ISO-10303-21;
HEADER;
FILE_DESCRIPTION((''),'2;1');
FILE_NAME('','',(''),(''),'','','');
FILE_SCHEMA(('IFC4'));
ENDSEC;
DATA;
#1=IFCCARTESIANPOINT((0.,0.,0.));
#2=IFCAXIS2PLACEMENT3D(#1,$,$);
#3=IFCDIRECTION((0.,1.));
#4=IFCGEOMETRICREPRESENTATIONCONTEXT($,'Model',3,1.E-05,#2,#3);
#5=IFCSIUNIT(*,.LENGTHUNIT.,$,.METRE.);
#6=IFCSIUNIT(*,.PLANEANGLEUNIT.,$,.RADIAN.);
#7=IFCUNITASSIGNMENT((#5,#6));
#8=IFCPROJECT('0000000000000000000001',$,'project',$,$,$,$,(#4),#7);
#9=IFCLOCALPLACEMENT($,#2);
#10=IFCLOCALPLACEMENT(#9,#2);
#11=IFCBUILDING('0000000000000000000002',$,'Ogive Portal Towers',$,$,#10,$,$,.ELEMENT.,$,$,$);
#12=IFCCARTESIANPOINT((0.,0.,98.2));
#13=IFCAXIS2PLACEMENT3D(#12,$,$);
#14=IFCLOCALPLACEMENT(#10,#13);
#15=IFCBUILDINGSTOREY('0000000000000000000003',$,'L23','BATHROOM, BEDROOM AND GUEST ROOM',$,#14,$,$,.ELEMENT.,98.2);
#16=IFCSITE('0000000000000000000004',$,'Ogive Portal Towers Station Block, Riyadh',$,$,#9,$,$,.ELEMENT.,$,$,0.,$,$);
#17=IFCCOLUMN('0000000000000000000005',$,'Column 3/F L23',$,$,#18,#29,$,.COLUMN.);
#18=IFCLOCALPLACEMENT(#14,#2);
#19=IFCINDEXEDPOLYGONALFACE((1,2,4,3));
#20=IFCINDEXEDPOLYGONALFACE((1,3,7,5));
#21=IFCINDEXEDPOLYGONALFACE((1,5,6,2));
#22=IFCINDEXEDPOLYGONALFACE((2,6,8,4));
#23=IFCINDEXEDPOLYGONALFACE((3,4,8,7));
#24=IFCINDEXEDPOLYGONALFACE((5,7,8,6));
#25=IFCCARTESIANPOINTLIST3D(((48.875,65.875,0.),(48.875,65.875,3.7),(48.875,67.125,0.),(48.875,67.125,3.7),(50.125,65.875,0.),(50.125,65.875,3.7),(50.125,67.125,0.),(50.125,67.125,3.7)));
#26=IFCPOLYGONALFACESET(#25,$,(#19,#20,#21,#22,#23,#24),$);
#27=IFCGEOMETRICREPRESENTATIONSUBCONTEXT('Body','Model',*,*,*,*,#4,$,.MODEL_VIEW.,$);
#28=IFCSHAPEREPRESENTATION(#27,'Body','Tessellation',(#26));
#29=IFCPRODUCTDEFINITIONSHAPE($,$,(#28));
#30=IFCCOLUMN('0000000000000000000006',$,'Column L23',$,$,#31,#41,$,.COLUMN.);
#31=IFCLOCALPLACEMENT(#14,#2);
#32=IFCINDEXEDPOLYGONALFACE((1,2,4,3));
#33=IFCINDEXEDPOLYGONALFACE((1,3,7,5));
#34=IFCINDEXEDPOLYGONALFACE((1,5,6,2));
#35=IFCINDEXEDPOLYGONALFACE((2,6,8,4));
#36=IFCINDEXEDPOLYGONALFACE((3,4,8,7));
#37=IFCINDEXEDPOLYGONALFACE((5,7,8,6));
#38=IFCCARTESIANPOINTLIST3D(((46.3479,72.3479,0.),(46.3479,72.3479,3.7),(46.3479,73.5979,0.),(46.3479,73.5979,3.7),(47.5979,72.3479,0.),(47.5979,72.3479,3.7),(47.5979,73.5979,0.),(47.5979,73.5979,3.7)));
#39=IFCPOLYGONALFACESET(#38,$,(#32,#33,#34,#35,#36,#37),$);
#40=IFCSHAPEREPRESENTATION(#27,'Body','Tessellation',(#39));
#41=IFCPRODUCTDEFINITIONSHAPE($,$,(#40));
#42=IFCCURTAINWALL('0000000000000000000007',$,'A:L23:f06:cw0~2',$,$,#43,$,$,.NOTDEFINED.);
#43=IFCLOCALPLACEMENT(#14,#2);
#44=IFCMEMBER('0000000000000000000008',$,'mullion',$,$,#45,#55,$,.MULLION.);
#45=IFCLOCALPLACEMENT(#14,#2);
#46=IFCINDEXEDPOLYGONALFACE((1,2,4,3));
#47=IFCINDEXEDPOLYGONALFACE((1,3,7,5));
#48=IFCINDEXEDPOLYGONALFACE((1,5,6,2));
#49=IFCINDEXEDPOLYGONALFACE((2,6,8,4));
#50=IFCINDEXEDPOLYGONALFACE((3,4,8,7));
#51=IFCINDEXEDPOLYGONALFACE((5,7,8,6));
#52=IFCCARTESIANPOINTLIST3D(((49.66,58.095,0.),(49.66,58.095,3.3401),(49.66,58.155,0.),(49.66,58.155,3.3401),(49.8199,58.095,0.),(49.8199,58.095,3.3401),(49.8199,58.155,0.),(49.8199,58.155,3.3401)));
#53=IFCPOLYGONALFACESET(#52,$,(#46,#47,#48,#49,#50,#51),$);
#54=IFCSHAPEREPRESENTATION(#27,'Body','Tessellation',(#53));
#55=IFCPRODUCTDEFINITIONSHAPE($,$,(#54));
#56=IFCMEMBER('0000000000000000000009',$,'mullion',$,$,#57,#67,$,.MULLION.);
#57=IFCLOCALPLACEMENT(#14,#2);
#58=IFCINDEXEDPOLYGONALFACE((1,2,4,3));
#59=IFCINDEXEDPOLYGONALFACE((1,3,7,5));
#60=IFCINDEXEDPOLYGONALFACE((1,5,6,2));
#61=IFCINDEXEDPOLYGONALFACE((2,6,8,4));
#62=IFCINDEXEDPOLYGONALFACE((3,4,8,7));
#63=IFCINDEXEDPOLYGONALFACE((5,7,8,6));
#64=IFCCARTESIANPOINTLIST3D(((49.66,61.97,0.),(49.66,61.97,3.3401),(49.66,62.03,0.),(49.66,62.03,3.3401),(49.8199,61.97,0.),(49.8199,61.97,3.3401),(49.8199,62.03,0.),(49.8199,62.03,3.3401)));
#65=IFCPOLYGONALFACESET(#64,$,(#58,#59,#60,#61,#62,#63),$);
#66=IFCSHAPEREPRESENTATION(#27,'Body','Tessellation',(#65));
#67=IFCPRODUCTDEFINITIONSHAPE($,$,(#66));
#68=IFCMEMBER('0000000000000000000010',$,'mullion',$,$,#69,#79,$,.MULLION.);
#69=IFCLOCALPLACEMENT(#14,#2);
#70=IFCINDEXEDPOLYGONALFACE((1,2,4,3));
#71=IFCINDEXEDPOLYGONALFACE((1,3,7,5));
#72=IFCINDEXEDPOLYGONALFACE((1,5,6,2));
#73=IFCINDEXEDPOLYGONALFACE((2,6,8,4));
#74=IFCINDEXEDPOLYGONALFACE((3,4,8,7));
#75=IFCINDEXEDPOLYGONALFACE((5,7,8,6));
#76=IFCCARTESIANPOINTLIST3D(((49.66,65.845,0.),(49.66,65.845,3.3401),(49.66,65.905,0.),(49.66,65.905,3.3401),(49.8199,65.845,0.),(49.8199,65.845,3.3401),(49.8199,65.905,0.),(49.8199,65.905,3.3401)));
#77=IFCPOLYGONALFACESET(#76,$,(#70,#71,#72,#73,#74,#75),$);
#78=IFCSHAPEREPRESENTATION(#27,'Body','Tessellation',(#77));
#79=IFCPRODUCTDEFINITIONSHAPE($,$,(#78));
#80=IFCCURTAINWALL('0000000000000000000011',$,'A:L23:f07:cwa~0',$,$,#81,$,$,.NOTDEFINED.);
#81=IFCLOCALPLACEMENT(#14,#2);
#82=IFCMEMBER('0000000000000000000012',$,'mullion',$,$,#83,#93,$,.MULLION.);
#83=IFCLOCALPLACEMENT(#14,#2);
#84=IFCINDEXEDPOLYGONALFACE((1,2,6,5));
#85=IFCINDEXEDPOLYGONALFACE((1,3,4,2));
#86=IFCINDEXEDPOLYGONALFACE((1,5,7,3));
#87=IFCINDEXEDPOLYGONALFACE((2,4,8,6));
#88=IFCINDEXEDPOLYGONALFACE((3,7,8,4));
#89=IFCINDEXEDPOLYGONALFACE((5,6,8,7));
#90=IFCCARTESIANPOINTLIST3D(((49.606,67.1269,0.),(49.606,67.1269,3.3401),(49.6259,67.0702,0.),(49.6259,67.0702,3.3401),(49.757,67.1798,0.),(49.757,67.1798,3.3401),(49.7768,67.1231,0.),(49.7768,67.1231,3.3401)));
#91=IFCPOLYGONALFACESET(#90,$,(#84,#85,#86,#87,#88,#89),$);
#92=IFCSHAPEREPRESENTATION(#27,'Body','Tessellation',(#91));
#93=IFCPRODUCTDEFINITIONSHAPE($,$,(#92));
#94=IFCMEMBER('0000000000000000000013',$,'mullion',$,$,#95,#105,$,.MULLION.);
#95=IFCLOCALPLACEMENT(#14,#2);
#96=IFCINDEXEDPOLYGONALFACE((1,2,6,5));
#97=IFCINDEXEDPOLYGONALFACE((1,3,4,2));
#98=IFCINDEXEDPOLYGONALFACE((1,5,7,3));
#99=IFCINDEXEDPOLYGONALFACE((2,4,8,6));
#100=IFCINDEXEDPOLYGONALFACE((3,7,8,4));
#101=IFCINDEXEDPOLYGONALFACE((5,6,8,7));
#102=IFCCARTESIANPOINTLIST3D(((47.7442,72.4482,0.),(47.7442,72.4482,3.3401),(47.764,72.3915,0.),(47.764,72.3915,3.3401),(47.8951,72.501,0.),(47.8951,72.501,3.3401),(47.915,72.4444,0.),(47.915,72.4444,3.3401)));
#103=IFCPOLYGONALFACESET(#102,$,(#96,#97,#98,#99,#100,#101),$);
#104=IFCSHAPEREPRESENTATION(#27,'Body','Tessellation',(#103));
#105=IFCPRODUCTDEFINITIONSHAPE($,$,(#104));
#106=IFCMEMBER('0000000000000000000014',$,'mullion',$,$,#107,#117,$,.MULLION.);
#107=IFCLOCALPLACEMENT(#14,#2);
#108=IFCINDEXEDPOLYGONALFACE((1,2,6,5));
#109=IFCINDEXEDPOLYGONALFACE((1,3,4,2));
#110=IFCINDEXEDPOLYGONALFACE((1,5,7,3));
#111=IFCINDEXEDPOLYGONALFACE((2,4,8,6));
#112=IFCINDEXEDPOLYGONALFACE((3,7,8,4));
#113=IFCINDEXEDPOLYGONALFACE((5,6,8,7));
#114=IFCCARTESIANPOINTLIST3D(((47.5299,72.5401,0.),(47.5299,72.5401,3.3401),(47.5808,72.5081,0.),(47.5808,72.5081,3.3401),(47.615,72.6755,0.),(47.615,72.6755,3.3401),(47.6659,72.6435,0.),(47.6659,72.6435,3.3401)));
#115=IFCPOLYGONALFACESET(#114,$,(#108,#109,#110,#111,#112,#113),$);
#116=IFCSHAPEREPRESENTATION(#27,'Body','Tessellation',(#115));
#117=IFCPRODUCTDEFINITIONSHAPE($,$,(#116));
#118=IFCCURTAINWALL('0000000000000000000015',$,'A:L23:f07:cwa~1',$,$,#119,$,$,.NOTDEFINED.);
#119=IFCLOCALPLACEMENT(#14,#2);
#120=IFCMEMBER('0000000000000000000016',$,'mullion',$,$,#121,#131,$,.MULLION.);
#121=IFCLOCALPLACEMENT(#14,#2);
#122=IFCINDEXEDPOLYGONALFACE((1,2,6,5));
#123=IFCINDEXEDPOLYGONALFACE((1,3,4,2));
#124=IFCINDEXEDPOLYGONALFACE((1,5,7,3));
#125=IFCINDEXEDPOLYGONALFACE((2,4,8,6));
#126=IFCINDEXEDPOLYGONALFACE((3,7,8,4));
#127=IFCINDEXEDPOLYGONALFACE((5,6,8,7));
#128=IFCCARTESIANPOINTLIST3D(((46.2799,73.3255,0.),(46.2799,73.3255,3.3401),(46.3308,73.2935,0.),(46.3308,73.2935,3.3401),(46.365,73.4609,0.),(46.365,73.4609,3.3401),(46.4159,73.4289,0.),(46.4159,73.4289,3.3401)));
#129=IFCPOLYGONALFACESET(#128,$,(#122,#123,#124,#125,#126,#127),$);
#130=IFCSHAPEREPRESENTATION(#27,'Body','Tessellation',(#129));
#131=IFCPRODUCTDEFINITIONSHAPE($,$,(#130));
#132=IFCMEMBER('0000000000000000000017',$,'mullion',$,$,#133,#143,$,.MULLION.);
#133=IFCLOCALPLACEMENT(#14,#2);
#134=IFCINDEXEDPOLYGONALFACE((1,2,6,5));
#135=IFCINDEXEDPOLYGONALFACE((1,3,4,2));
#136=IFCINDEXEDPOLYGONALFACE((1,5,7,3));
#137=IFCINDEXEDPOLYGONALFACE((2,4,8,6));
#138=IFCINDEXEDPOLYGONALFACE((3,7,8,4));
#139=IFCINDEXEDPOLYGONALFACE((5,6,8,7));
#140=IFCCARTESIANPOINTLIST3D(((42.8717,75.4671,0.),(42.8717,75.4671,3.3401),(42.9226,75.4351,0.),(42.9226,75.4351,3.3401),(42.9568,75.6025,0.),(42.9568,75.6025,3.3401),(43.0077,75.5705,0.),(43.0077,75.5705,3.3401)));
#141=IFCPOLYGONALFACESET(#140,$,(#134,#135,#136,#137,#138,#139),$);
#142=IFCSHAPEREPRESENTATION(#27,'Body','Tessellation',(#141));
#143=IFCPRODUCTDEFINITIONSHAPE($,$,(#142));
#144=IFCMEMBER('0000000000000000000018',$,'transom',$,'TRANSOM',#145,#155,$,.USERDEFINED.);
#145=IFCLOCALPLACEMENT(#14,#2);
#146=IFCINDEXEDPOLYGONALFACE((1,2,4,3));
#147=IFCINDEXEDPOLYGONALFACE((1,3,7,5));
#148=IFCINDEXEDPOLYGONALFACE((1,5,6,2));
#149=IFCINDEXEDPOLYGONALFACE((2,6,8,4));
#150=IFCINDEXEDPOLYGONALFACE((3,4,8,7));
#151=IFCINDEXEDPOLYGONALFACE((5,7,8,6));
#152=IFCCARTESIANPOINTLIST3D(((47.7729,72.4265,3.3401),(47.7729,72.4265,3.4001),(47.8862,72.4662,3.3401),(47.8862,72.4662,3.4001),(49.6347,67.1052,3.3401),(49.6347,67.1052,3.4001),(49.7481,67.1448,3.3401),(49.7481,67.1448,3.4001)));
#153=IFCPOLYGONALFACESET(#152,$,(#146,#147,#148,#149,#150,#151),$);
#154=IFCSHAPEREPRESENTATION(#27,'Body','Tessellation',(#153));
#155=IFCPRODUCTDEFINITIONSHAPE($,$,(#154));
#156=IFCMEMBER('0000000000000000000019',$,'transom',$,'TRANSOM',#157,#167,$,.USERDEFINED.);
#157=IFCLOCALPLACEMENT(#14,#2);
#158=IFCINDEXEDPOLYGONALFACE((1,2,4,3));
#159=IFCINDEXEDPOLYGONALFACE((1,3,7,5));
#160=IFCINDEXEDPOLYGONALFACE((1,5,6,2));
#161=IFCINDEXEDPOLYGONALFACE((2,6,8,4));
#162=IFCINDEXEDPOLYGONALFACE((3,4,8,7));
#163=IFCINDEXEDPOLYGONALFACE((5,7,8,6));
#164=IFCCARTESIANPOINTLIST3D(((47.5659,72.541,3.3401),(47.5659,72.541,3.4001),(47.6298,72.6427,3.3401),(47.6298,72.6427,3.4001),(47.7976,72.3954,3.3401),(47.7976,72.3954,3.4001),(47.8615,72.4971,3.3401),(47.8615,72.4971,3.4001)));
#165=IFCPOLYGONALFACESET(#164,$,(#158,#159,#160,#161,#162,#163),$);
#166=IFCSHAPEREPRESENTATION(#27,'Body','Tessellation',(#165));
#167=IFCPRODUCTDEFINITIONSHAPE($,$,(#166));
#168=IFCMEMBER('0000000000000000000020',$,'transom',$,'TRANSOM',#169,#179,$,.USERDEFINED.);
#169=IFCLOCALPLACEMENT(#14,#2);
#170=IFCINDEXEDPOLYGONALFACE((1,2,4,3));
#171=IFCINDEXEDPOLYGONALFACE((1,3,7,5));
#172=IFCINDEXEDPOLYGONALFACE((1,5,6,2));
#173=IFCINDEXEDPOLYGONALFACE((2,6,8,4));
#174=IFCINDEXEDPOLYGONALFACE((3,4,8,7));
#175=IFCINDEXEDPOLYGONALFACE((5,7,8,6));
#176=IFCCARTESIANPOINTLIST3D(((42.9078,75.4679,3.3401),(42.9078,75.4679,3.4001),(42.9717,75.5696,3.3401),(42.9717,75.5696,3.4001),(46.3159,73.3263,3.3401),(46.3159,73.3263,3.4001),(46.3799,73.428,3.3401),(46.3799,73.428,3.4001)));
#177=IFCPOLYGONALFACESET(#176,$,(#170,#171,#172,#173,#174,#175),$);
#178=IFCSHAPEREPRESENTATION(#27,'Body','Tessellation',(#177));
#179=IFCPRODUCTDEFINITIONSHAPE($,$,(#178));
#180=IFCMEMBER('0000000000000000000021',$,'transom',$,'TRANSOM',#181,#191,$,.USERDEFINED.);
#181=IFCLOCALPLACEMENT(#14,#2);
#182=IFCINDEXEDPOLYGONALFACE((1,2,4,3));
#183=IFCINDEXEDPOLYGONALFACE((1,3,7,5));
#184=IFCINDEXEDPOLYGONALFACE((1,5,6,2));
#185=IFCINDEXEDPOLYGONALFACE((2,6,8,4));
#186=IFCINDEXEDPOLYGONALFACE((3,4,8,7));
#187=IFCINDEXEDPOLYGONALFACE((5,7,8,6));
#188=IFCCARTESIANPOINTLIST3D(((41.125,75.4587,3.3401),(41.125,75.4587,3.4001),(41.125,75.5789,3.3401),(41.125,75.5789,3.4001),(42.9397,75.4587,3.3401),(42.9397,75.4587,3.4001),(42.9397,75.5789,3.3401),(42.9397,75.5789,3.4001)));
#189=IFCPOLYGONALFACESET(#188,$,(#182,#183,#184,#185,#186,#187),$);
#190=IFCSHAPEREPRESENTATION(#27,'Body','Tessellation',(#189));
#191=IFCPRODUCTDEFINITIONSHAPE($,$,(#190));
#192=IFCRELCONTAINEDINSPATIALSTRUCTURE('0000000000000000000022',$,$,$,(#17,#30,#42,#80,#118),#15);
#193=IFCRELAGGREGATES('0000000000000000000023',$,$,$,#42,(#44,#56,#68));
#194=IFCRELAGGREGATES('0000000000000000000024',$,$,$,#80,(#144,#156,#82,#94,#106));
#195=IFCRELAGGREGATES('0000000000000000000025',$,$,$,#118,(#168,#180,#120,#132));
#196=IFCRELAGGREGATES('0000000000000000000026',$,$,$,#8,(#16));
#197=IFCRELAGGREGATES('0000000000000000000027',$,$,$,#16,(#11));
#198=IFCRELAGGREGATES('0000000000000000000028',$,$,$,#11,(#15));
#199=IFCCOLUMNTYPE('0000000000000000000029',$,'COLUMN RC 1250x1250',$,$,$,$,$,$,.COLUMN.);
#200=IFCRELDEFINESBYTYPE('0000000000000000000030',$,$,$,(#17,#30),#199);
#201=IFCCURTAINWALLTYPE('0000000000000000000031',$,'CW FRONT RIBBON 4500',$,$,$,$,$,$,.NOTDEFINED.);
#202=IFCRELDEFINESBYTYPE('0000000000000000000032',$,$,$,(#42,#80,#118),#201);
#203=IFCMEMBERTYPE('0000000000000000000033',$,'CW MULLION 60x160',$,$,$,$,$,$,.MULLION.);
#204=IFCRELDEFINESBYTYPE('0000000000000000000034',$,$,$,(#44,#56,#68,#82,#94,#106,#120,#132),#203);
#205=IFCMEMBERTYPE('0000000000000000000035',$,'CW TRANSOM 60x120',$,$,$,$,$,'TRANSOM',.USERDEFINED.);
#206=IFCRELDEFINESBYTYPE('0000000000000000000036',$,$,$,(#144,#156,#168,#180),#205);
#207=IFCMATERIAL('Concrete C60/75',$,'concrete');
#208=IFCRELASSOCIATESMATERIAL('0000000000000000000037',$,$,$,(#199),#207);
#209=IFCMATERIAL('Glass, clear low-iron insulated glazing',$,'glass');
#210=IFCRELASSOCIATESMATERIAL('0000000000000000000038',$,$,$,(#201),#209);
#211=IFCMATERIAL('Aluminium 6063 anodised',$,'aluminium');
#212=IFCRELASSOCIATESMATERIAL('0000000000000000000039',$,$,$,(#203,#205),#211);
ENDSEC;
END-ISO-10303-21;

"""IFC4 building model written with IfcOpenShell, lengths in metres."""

from ifc_helpers import new_model, si_unit, direction, frame, origin, origin_2d, place, context, subcontext, project, spatial, rectangle, extrude, material, material_profile, profile_set, type_object, element, aggregate, save


model = new_model("IFC4")

# Units and contexts
model_context = context("Model", 3, precision=1e-05, world=origin(), true_north=direction((0.0, 1.0)))
body_context = subcontext(model_context, "Body", "Model", "MODEL_VIEW")
ifc_project = project(units=[si_unit("LENGTHUNIT", "METRE"), si_unit("PLANEANGLEUNIT", "RADIAN")], contexts=[model_context])

# Site, building, storey
site_placement = place(None, origin())
site = spatial("IfcSite", under=ifc_project, at=site_placement, Name="Ogive Portal Towers Station Block, Riyadh", CompositionType="ELEMENT", RefElevation=0.0)
building_placement = place(site_placement, origin())
building = spatial("IfcBuilding", under=site, at=building_placement, Name="Ogive Portal Towers", CompositionType="ELEMENT")
storey_placement = place(building_placement, frame((0.0, 0.0, 98.2)))
storey = spatial("IfcBuildingStorey", under=building, at=storey_placement, Name="L23", Description="BATHROOM, BEDROOM AND GUEST ROOM", CompositionType="ELEMENT", Elevation=98.2)

# Columns
ifc_material_1 = material(Name="Concrete C60/75", Category="concrete")
ifc_material_profile_1 = material_profile(ifc_material_1, rectangle(XDim=1.25, YDim=1.25, at=origin_2d()), Name="RC 1250x1250")
ifc_profile_set_1 = profile_set([ifc_material_profile_1], Name="Concrete C60/75")
column_type = type_object("IfcColumnType", Name="COLUMN RC 1250x1250", PredefinedType="COLUMN", material=ifc_profile_set_1)
for number, where, z_axis, x_axis, name in (
    (1, (49.5, 66.5, 0.0), (0.0, 0.0, 1.0), (1.0, 0.0, 0.0), "Column 3/F L23"),
    (2, (46.9729, 72.9729, 0.0), (0.0, 0.0, 1.0), (1.0, 0.0, 0.0), "Column L23"),
):
    element("IfcColumn", number, at=place(storey_placement, frame(where, z_axis=z_axis, x_axis=x_axis)), inside=storey, type_object=column_type, Name=name, PredefinedType="COLUMN", context=body_context, shape_type="SweptSolid", body=[
        extrude(rectangle(XDim=1.25, YDim=1.25, at=origin_2d()), origin(), (0.0, 0.0, 1.0), 3.7),
    ])

# Curtain walls, members
ifc_material_2 = material(Name="Glass, clear low-iron insulated glazing", Category="glass")
curtain_wall_type = type_object("IfcCurtainWallType", Name="CW FRONT RIBBON 4500", PredefinedType="NOTDEFINED", material=ifc_material_2)
curtain_wall_1_placement = place(storey_placement, origin())
curtain_wall_1 = element("IfcCurtainWall", 3, at=curtain_wall_1_placement, inside=storey, type_object=curtain_wall_type, Name="A:L23:f06:cw0~2", PredefinedType="NOTDEFINED")
ifc_material_3 = material(Name="Aluminium 6063 anodised", Category="aluminium")
ifc_material_profile_2 = material_profile(ifc_material_3, rectangle(XDim=0.1599, YDim=0.0601, at=origin_2d()), Name="AL 60x160")
ifc_profile_set_2 = profile_set([ifc_material_profile_2], Name="Aluminium 6063 anodised")
member_type_1 = type_object("IfcMemberType", Name="CW MULLION 60x160", PredefinedType="MULLION", material=ifc_profile_set_2)
member_1_placement = place(storey_placement, frame((49.74, 58.125, 0.0), z_axis=(0.0, 0.0, 1.0), x_axis=(-1.0, 0.0, 0.0)))
member_1 = element("IfcMember", 4, at=member_1_placement, type_object=member_type_1, Name="mullion", PredefinedType="MULLION", context=body_context, shape_type="SweptSolid", body=[
    extrude(rectangle(XDim=0.1599, YDim=0.0601, at=origin_2d()), origin(), (0.0, 0.0, 1.0), 3.3401),
])
member_2_placement = place(storey_placement, frame((49.74, 62.0, 0.0), z_axis=(0.0, 0.0, 1.0), x_axis=(-1.0, 0.0, 0.0)))
member_2 = element("IfcMember", 5, at=member_2_placement, type_object=member_type_1, Name="mullion", PredefinedType="MULLION", context=body_context, shape_type="SweptSolid", body=[
    extrude(rectangle(XDim=0.1599, YDim=0.0601, at=origin_2d()), origin(), (0.0, 0.0, 1.0), 3.3401),
])
member_3_placement = place(storey_placement, frame((49.74, 65.875, 0.0), z_axis=(0.0, 0.0, 1.0), x_axis=(-1.0, 0.0, 0.0)))
member_3 = element("IfcMember", 6, at=member_3_placement, type_object=member_type_1, Name="mullion", PredefinedType="MULLION", context=body_context, shape_type="SweptSolid", body=[
    extrude(rectangle(XDim=0.1599, YDim=0.0601, at=origin_2d()), origin(), (0.0, 0.0, 1.0), 3.3401),
])
curtain_wall_2_placement = place(storey_placement, origin())
curtain_wall_2 = element("IfcCurtainWall", 7, at=curtain_wall_2_placement, inside=storey, type_object=curtain_wall_type, Name="A:L23:f07:cwa~0", PredefinedType="NOTDEFINED")
member_4_placement = place(storey_placement, frame((49.6914, 67.125, 0.0), z_axis=(0.0, 0.0, 1.0), x_axis=(-0.943883, -0.330279, 0.0)))
member_4 = element("IfcMember", 8, at=member_4_placement, type_object=member_type_1, Name="mullion", PredefinedType="MULLION", context=body_context, shape_type="SweptSolid", body=[
    extrude(rectangle(XDim=0.1599, YDim=0.0601, at=origin_2d()), origin(), (0.0, 0.0, 1.0), 3.3401),
])
member_5_placement = place(storey_placement, frame((47.8296, 72.4463, 0.0), z_axis=(0.0, 0.0, 1.0), x_axis=(-0.943883, -0.330279, 0.0)))
member_5 = element("IfcMember", 9, at=member_5_placement, type_object=member_type_1, Name="mullion", PredefinedType="MULLION", context=body_context, shape_type="SweptSolid", body=[
    extrude(rectangle(XDim=0.1599, YDim=0.0601, at=origin_2d()), origin(), (0.0, 0.0, 1.0), 3.3401),
])
member_6_placement = place(storey_placement, frame((47.5979, 72.5918, 0.0), z_axis=(0.0, 0.0, 1.0), x_axis=(-0.532032, -0.846724, 0.0)))
member_6 = element("IfcMember", 10, at=member_6_placement, type_object=member_type_1, Name="mullion", PredefinedType="MULLION", context=body_context, shape_type="SweptSolid", body=[
    extrude(rectangle(XDim=0.1599, YDim=0.0601, at=origin_2d()), origin(), (0.0, 0.0, 1.0), 3.3401),
])
curtain_wall_3_placement = place(storey_placement, origin())
curtain_wall_3 = element("IfcCurtainWall", 11, at=curtain_wall_3_placement, inside=storey, type_object=curtain_wall_type, Name="A:L23:f07:cwa~1", PredefinedType="NOTDEFINED")
member_7_placement = place(storey_placement, frame((46.3479, 73.3772, 0.0), z_axis=(0.0, 0.0, 1.0), x_axis=(-0.532032, -0.846724, 0.0)))
member_7 = element("IfcMember", 12, at=member_7_placement, type_object=member_type_1, Name="mullion", PredefinedType="MULLION", context=body_context, shape_type="SweptSolid", body=[
    extrude(rectangle(XDim=0.1599, YDim=0.0601, at=origin_2d()), origin(), (0.0, 0.0, 1.0), 3.3401),
])
member_8_placement = place(storey_placement, frame((42.9397, 75.5188, 0.0), z_axis=(0.0, 0.0, 1.0), x_axis=(-0.532032, -0.846724, 0.0)))
member_8 = element("IfcMember", 13, at=member_8_placement, type_object=member_type_1, Name="mullion", PredefinedType="MULLION", context=body_context, shape_type="SweptSolid", body=[
    extrude(rectangle(XDim=0.1599, YDim=0.0601, at=origin_2d()), origin(), (0.0, 0.0, 1.0), 3.3401),
])

# Members
ifc_material_profile_3 = material_profile(ifc_material_3, rectangle(XDim=0.1201, YDim=0.0601, at=origin_2d()), Name="AL 120x60")
ifc_profile_set_3 = profile_set([ifc_material_profile_3], Name="Aluminium 6063 anodised")
member_type_2 = type_object("IfcMemberType", Name="CW TRANSOM 60x120", ElementType="TRANSOM", PredefinedType="USERDEFINED", material=ifc_profile_set_3)
member_9_placement = place(storey_placement, frame((49.6914, 67.125, 3.3701), z_axis=(-0.33025, 0.943893, 0.0), x_axis=(-0.943893, -0.33025, 0.0)))
member_9 = element("IfcMember", 14, at=member_9_placement, type_object=member_type_2, Name="transom", ObjectType="TRANSOM", PredefinedType="USERDEFINED", context=body_context, shape_type="SweptSolid", body=[
    extrude(rectangle(XDim=0.1201, YDim=0.0601, at=origin_2d()), origin(), (0.0, 0.0, 1.0), 5.6377),
])
member_10_placement = place(storey_placement, frame((47.8296, 72.4463, 3.3701), z_axis=(-0.846843, 0.531843, 0.0), x_axis=(-0.531843, -0.846843, 0.0)))
member_10 = element("IfcMember", 15, at=member_10_placement, type_object=member_type_2, Name="transom", ObjectType="TRANSOM", PredefinedType="USERDEFINED", context=body_context, shape_type="SweptSolid", body=[
    extrude(rectangle(XDim=0.1201, YDim=0.0601, at=origin_2d()), origin(), (0.0, 0.0, 1.0), 0.2737),
])
member_11_placement = place(storey_placement, frame((46.3479, 73.3772, 3.3701), z_axis=(-0.846715, 0.532047, 0.0), x_axis=(-0.532047, -0.846715, 0.0)))
member_11 = element("IfcMember", 16, at=member_11_placement, type_object=member_type_2, Name="transom", ObjectType="TRANSOM", PredefinedType="USERDEFINED", context=body_context, shape_type="SweptSolid", body=[
    extrude(rectangle(XDim=0.1201, YDim=0.0601, at=origin_2d()), origin(), (0.0, 0.0, 1.0), 4.0251),
])
member_12_placement = place(storey_placement, frame((42.9397, 75.5188, 3.3701), z_axis=(-1.0, 0.0, 0.0), x_axis=(0.0, -1.0, 0.0)))
member_12 = element("IfcMember", 17, at=member_12_placement, type_object=member_type_2, Name="transom", ObjectType="TRANSOM", PredefinedType="USERDEFINED", context=body_context, shape_type="SweptSolid", body=[
    extrude(rectangle(XDim=0.1201, YDim=0.0601, at=origin_2d()), origin(), (0.0, 0.0, 1.0), 1.8147),
])

aggregate(curtain_wall_1, [member_1, member_2, member_3])
aggregate(curtain_wall_2, [member_9, member_10, member_4, member_5, member_6])
aggregate(curtain_wall_3, [member_11, member_12, member_7, member_8])

save(model, "model.ifc")
